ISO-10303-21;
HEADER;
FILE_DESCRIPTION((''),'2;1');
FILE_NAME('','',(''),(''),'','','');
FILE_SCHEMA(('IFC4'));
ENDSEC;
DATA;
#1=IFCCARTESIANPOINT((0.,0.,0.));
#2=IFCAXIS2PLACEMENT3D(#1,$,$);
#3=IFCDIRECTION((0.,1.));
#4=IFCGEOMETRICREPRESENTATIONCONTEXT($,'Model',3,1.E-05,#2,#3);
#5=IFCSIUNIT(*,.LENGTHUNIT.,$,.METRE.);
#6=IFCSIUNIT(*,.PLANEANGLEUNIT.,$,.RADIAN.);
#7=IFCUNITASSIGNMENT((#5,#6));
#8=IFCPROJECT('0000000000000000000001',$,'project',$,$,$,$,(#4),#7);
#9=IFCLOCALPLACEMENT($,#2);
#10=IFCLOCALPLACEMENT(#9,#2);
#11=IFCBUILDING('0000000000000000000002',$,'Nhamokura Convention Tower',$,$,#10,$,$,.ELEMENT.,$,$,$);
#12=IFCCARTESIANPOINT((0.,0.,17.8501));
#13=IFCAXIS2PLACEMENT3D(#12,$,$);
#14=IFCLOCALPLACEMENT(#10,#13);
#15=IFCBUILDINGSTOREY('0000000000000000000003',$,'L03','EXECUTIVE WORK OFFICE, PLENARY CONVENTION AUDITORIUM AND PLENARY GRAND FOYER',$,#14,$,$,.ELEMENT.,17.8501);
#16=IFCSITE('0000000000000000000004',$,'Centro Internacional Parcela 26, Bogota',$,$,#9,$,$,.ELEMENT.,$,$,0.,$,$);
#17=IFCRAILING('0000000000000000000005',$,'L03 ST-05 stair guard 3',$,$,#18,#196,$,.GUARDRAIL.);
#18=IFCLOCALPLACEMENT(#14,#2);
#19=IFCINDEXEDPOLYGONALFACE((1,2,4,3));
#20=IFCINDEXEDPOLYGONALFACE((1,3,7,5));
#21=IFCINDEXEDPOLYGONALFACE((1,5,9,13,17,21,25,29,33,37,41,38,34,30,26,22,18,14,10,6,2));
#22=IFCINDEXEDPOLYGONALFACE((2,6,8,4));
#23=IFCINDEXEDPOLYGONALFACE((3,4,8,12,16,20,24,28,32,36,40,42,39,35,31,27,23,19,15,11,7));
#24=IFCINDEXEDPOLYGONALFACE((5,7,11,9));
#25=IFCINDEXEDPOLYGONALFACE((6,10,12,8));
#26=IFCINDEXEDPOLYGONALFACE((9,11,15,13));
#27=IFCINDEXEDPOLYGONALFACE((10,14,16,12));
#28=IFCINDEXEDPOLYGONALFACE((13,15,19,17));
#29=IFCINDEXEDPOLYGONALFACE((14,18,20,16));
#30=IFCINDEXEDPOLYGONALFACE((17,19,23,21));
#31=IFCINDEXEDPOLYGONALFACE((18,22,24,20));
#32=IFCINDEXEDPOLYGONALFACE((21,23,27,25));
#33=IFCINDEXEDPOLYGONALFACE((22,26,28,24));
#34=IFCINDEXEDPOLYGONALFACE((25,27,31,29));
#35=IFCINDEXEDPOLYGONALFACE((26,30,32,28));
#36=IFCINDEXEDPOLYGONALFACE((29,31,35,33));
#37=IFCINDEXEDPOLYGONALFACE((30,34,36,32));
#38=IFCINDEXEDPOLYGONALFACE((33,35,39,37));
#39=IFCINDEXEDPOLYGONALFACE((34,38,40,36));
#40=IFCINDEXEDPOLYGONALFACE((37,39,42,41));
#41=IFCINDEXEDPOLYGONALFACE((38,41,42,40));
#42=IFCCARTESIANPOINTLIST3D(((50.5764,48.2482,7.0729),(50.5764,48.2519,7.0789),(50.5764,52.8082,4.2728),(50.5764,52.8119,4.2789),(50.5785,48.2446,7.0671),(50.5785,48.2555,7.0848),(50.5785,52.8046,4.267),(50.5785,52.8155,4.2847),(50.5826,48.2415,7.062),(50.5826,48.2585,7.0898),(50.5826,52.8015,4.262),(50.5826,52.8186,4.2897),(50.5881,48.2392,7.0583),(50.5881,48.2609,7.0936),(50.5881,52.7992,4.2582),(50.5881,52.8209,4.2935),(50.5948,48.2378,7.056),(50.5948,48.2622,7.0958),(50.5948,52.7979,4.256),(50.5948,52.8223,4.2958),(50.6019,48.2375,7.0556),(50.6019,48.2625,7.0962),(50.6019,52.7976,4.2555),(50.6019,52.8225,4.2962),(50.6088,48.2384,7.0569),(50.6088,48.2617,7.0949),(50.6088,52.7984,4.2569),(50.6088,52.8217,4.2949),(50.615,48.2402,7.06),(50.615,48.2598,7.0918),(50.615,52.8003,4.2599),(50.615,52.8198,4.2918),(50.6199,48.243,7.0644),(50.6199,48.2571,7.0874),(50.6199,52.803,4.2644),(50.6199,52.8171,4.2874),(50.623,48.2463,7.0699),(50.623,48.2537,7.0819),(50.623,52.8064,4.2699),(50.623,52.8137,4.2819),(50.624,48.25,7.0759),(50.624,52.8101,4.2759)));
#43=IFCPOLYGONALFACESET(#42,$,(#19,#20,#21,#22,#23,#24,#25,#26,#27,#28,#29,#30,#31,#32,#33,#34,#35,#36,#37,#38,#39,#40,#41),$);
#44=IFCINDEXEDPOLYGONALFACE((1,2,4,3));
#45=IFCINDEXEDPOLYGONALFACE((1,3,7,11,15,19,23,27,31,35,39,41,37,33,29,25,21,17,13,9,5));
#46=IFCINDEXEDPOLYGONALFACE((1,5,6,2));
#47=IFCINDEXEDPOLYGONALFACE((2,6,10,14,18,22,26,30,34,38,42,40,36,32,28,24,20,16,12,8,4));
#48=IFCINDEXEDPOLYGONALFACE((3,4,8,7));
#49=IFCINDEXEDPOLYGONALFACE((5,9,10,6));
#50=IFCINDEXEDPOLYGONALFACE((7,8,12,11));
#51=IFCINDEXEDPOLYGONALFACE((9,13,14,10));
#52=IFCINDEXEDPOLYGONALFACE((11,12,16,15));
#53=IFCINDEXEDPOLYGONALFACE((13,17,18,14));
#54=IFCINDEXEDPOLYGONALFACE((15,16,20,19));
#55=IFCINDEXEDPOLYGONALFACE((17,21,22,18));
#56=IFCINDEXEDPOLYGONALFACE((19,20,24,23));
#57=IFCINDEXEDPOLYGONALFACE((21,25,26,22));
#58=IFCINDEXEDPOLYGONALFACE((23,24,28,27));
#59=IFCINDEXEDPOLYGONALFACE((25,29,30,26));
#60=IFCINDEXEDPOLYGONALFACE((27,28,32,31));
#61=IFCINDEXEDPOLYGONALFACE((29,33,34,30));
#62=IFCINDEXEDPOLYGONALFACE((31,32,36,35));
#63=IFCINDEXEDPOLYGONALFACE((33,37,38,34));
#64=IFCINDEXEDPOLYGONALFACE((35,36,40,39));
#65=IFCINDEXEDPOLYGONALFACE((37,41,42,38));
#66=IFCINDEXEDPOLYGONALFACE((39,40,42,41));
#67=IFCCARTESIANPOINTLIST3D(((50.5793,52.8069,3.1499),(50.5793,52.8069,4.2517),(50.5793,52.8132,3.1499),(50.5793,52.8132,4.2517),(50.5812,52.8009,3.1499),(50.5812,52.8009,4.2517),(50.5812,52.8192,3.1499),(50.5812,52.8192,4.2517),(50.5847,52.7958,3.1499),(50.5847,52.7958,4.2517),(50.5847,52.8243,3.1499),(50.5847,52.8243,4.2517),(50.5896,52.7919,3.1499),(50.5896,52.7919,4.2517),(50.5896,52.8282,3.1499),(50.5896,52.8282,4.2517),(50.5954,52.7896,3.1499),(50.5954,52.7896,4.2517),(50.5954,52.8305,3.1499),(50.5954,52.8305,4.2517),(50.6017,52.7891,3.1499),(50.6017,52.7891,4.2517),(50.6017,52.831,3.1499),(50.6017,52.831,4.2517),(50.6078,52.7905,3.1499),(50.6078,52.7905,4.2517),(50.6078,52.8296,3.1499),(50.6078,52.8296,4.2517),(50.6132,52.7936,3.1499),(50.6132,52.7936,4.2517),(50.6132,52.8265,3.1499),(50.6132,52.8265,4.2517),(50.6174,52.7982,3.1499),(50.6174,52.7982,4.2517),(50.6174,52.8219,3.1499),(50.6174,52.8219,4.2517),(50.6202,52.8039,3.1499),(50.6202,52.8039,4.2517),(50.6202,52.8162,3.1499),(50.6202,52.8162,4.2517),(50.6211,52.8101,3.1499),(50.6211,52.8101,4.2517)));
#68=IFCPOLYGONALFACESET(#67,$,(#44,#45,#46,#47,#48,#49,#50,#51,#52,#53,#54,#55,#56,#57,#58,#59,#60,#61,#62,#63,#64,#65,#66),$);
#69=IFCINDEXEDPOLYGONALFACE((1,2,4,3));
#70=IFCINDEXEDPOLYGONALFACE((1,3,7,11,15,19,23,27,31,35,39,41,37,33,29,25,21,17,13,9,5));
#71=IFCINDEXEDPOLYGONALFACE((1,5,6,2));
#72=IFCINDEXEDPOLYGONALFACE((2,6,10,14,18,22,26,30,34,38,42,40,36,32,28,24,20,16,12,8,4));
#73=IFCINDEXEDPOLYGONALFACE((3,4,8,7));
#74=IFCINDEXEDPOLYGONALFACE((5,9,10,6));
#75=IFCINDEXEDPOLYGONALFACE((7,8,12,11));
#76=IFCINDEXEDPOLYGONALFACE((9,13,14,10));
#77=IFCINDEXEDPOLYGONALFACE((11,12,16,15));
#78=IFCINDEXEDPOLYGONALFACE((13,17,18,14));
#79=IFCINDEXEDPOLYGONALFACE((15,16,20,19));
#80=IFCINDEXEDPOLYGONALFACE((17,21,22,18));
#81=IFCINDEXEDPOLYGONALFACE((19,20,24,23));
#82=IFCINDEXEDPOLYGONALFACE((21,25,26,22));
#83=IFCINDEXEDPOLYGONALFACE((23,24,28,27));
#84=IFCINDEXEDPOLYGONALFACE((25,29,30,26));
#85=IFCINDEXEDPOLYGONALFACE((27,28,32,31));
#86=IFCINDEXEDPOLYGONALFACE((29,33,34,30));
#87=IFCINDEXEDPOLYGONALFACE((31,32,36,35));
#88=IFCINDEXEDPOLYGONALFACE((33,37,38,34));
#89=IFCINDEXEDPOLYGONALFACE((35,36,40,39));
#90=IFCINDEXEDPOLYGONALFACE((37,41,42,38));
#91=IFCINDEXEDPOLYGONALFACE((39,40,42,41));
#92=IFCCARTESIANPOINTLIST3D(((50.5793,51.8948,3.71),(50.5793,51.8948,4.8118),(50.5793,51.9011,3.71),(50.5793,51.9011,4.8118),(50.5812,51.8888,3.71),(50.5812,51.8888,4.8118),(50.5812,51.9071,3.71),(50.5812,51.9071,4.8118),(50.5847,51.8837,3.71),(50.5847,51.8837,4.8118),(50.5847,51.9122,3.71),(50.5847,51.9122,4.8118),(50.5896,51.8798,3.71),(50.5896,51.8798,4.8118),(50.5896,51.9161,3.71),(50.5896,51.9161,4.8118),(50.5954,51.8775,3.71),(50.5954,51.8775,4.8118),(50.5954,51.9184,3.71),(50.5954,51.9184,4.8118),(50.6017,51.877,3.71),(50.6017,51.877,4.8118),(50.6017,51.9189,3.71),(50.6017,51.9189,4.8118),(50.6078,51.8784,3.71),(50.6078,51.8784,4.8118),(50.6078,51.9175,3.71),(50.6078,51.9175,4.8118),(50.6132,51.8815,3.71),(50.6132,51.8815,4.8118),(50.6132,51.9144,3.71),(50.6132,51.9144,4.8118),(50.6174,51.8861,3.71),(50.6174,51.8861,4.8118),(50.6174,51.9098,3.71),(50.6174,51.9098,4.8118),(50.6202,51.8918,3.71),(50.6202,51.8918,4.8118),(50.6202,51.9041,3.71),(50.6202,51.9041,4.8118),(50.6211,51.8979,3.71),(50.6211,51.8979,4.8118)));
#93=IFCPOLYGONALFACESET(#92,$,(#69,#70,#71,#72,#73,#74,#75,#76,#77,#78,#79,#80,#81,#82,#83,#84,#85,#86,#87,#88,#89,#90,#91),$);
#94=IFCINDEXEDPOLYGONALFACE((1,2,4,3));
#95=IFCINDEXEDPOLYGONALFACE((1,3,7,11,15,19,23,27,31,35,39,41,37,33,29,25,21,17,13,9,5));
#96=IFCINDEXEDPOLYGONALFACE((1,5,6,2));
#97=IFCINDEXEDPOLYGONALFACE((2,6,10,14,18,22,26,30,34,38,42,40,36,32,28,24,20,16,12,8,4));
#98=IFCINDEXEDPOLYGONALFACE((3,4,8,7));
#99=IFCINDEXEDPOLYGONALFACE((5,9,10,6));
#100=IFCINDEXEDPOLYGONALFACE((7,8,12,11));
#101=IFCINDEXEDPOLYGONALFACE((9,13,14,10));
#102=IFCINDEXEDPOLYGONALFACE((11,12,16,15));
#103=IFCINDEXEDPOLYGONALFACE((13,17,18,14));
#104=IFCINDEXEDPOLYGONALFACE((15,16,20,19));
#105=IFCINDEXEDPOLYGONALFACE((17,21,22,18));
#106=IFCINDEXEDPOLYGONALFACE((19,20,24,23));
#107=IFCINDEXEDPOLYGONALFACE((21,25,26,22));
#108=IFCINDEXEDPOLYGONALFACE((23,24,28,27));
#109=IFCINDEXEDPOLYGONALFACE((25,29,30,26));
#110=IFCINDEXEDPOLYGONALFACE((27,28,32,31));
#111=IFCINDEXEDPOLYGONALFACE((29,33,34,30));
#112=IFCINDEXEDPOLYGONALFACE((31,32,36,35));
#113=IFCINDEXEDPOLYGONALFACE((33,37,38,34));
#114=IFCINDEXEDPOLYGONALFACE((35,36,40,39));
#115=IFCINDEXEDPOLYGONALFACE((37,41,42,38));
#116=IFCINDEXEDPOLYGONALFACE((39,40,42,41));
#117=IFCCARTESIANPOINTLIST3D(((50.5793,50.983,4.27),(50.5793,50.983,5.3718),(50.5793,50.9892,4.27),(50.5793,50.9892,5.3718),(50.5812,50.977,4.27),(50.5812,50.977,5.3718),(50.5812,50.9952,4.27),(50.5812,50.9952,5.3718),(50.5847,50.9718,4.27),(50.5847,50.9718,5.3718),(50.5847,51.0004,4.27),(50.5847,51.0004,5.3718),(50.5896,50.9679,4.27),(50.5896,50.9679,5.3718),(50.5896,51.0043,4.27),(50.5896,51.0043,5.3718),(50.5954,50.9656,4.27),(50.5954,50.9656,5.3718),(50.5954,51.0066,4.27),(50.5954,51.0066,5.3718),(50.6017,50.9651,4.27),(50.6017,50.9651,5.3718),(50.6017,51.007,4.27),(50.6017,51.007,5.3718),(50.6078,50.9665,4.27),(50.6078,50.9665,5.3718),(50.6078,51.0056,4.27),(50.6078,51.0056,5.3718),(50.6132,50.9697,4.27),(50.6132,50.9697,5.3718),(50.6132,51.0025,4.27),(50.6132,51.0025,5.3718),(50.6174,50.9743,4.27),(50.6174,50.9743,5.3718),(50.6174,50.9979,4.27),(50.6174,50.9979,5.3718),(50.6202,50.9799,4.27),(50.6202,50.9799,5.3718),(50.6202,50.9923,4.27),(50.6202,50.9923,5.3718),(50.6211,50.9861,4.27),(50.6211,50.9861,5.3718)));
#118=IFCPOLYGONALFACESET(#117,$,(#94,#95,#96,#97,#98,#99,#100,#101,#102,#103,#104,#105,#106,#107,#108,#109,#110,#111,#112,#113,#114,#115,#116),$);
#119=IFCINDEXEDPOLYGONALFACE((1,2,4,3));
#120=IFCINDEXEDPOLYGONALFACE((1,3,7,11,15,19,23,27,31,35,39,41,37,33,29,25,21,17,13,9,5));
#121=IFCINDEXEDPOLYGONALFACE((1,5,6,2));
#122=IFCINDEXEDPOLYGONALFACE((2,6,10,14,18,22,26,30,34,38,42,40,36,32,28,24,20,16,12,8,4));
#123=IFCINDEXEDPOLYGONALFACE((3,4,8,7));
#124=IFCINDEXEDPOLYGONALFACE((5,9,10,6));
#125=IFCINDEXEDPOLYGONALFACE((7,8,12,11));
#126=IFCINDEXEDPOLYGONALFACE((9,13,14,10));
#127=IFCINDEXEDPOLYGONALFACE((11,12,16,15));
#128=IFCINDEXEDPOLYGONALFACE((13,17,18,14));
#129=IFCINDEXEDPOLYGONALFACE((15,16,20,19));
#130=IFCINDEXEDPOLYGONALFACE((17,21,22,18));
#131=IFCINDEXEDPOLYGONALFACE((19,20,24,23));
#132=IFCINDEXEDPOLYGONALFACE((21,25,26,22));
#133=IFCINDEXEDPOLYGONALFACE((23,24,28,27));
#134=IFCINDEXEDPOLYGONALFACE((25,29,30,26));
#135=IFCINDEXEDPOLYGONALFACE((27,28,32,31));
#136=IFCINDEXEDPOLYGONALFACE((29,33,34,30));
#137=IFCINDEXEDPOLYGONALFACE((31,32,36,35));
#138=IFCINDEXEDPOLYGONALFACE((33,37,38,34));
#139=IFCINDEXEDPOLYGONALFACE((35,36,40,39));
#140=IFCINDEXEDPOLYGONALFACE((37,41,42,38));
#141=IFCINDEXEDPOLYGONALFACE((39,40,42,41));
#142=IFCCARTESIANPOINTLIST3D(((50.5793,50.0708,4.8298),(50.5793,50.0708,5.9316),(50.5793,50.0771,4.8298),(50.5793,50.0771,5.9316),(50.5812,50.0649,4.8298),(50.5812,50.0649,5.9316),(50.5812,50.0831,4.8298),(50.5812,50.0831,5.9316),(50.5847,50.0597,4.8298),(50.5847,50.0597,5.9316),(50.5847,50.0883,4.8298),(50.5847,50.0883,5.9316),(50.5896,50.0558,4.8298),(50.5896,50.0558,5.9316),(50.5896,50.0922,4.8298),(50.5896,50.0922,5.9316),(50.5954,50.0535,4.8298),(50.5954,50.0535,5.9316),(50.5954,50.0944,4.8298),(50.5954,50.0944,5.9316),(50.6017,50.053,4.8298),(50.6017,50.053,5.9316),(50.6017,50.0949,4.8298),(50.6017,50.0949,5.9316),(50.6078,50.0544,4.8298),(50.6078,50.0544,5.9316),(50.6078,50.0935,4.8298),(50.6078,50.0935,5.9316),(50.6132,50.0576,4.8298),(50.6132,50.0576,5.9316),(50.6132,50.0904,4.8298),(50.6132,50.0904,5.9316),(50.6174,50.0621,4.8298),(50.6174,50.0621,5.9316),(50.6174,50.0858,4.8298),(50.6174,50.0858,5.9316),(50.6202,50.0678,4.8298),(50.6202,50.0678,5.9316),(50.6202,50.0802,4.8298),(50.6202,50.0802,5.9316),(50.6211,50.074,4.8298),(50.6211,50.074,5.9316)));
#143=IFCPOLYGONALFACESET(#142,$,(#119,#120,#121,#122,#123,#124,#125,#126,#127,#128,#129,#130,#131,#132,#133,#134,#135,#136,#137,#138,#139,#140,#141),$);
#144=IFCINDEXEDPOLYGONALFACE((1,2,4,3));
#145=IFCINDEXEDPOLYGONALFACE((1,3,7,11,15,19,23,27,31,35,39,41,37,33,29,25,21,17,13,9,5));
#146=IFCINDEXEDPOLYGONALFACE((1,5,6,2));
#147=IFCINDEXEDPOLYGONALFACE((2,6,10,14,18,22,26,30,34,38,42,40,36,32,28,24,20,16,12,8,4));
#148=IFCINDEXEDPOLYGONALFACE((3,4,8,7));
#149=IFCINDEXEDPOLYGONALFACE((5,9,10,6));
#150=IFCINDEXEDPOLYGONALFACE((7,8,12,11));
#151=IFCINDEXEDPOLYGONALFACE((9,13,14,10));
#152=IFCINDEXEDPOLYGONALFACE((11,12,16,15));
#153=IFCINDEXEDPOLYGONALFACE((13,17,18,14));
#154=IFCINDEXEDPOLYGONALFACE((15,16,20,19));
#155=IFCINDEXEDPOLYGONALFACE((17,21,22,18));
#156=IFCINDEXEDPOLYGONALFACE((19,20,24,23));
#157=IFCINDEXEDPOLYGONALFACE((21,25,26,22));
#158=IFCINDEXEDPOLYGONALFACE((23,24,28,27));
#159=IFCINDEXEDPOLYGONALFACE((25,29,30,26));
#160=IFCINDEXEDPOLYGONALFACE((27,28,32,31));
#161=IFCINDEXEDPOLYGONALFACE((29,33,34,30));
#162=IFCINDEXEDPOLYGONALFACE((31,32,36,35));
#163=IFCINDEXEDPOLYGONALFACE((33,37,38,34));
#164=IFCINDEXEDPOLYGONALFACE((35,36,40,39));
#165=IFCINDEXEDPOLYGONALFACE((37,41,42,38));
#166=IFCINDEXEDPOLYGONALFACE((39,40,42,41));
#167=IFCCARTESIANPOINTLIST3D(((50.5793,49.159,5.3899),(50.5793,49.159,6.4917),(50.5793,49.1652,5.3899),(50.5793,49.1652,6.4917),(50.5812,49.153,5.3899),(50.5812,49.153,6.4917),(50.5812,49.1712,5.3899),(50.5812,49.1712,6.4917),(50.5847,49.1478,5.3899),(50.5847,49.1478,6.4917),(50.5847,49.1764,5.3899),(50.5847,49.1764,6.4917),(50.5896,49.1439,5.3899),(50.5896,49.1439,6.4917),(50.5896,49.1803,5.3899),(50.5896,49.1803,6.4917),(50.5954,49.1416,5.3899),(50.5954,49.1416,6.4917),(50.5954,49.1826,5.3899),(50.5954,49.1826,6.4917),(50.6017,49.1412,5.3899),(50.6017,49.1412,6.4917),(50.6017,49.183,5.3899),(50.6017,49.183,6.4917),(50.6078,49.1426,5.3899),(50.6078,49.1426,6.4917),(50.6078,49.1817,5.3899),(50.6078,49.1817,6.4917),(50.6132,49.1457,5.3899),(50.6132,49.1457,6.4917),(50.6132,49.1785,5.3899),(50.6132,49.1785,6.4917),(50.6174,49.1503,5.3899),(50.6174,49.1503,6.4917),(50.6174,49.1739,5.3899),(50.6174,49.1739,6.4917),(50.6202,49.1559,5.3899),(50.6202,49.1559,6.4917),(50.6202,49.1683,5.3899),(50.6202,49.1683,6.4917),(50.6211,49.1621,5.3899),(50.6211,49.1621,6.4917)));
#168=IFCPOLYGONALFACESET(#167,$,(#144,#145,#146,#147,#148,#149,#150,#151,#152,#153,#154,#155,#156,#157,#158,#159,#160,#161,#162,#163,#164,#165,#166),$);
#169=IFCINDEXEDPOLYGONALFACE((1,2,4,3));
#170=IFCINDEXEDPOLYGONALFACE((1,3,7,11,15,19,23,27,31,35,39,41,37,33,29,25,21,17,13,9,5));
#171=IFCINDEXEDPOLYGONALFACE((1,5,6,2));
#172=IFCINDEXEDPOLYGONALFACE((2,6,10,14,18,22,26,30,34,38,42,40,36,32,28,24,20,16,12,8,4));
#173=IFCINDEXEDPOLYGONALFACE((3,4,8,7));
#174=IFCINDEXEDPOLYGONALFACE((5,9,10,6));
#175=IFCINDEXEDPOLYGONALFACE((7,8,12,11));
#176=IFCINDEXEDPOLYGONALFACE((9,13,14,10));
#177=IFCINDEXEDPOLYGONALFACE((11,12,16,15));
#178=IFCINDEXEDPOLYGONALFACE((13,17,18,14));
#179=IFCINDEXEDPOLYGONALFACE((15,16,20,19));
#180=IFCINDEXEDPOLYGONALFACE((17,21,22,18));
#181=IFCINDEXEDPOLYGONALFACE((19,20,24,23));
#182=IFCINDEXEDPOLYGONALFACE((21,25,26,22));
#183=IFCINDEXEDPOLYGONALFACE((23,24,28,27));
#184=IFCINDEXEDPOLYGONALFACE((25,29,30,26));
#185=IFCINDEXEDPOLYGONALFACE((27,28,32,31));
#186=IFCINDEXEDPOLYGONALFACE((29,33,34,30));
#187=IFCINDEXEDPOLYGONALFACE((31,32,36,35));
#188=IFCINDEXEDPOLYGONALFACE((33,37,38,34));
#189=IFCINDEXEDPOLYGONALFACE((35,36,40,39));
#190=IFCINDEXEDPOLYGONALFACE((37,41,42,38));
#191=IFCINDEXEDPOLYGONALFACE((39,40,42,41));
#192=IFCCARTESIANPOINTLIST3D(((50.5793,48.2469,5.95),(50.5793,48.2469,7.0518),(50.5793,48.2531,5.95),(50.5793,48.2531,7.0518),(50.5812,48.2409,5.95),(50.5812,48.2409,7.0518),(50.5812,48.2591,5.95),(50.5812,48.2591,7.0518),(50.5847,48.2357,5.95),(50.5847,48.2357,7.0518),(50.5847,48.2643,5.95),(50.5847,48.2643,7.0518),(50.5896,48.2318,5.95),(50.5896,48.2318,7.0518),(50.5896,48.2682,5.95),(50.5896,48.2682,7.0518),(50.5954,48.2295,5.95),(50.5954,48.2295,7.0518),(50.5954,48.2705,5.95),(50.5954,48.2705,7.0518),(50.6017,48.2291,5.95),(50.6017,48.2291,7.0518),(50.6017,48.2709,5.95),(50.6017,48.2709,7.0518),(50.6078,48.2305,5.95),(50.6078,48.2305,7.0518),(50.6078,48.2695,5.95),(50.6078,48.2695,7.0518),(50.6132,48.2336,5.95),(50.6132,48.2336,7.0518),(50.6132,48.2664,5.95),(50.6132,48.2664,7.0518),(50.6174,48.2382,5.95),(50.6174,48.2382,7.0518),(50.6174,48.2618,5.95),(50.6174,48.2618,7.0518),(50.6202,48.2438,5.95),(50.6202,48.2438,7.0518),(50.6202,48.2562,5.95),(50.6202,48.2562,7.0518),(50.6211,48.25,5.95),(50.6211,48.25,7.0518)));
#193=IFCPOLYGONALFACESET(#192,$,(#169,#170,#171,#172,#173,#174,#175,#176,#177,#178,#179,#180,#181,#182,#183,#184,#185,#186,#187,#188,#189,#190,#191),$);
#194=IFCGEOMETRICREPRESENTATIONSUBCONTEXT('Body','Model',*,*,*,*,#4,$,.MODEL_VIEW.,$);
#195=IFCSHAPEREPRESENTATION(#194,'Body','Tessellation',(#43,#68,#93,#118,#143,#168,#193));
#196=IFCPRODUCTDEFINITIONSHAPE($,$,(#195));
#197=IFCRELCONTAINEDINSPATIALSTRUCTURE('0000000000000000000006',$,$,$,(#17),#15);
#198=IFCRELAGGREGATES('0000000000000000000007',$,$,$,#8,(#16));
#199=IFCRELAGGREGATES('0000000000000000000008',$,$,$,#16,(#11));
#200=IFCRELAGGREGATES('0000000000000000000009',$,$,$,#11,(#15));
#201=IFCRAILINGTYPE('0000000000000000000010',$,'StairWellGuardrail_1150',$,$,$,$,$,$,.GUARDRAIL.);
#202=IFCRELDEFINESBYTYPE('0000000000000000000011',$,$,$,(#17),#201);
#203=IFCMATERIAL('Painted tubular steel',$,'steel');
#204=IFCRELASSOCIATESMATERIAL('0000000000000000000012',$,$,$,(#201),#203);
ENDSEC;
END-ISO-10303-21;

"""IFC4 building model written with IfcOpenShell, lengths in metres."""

from ifc_helpers import new_model, si_unit, direction, frame, origin, origin_2d, place, context, subcontext, project, spatial, circle, extrude, material, type_object, element, save


model = new_model("IFC4")

# Units and contexts
model_context = context("Model", 3, precision=1e-05, world=origin(), true_north=direction((0.0, 1.0)))
body_context = subcontext(model_context, "Body", "Model", "MODEL_VIEW")
ifc_project = project(units=[si_unit("LENGTHUNIT", "METRE"), si_unit("PLANEANGLEUNIT", "RADIAN")], contexts=[model_context])

# Site, building, storey
site_placement = place(None, origin())
site = spatial("IfcSite", under=ifc_project, at=site_placement, Name="Centro Internacional Parcela 26, Bogota", CompositionType="ELEMENT", RefElevation=0.0)
building_placement = place(site_placement, origin())
building = spatial("IfcBuilding", under=site, at=building_placement, Name="Nhamokura Convention Tower", CompositionType="ELEMENT")
storey_placement = place(building_placement, frame((0.0, 0.0, 17.8501)))
storey = spatial("IfcBuildingStorey", under=building, at=storey_placement, Name="L03", Description="EXECUTIVE WORK OFFICE, PLENARY CONVENTION AUDITORIUM AND PLENARY GRAND FOYER", CompositionType="ELEMENT", Elevation=17.8501)

# Railing
ifc_material_1 = material(Name="Painted tubular steel", Category="steel")
railing_type_1 = type_object("IfcRailingType", Name="StairWellGuardrail_1150", PredefinedType="GUARDRAIL", material=ifc_material_1)
railing_1_placement = place(storey_placement, frame((50.6001, 52.8101, 3.1499)))
element("IfcRailing", 1, at=railing_1_placement, inside=storey, type_object=railing_type_1, Name="L03 ST-05 stair guard 3", PredefinedType="GUARDRAIL", context=body_context, shape_type="SweptSolid", body=[
    extrude(circle(Radius=0.0239, at=origin_2d()), frame((0.0, 0.0, 1.126), z_axis=(0.0, -0.85217, 0.523265), x_axis=(1.0, 0.0, 0.0)), (0.0, 0.0, 1.0), 5.3511),
    extrude(circle(Radius=0.021, at=origin_2d()), origin(), (0.0, 0.0, 1.0), 1.1018),
    extrude(circle(Radius=0.021, at=origin_2d()), frame((0.0, -0.9121, 0.5601)), (0.0, 0.0, 1.0), 1.1018),
    extrude(circle(Radius=0.021, at=origin_2d()), frame((0.0, -1.824, 1.1201)), (0.0, 0.0, 1.0), 1.1018),
    extrude(circle(Radius=0.021, at=origin_2d()), frame((0.0, -2.7361, 1.6799)), (0.0, 0.0, 1.0), 1.1018),
    extrude(circle(Radius=0.021, at=origin_2d()), frame((0.0, -3.6479, 2.24)), (0.0, 0.0, 1.0), 1.1018),
    extrude(circle(Radius=0.021, at=origin_2d()), frame((0.0, -4.5601, 2.8)), (0.0, 0.0, 1.0), 1.1018),
])

save(model, "model.ifc")
